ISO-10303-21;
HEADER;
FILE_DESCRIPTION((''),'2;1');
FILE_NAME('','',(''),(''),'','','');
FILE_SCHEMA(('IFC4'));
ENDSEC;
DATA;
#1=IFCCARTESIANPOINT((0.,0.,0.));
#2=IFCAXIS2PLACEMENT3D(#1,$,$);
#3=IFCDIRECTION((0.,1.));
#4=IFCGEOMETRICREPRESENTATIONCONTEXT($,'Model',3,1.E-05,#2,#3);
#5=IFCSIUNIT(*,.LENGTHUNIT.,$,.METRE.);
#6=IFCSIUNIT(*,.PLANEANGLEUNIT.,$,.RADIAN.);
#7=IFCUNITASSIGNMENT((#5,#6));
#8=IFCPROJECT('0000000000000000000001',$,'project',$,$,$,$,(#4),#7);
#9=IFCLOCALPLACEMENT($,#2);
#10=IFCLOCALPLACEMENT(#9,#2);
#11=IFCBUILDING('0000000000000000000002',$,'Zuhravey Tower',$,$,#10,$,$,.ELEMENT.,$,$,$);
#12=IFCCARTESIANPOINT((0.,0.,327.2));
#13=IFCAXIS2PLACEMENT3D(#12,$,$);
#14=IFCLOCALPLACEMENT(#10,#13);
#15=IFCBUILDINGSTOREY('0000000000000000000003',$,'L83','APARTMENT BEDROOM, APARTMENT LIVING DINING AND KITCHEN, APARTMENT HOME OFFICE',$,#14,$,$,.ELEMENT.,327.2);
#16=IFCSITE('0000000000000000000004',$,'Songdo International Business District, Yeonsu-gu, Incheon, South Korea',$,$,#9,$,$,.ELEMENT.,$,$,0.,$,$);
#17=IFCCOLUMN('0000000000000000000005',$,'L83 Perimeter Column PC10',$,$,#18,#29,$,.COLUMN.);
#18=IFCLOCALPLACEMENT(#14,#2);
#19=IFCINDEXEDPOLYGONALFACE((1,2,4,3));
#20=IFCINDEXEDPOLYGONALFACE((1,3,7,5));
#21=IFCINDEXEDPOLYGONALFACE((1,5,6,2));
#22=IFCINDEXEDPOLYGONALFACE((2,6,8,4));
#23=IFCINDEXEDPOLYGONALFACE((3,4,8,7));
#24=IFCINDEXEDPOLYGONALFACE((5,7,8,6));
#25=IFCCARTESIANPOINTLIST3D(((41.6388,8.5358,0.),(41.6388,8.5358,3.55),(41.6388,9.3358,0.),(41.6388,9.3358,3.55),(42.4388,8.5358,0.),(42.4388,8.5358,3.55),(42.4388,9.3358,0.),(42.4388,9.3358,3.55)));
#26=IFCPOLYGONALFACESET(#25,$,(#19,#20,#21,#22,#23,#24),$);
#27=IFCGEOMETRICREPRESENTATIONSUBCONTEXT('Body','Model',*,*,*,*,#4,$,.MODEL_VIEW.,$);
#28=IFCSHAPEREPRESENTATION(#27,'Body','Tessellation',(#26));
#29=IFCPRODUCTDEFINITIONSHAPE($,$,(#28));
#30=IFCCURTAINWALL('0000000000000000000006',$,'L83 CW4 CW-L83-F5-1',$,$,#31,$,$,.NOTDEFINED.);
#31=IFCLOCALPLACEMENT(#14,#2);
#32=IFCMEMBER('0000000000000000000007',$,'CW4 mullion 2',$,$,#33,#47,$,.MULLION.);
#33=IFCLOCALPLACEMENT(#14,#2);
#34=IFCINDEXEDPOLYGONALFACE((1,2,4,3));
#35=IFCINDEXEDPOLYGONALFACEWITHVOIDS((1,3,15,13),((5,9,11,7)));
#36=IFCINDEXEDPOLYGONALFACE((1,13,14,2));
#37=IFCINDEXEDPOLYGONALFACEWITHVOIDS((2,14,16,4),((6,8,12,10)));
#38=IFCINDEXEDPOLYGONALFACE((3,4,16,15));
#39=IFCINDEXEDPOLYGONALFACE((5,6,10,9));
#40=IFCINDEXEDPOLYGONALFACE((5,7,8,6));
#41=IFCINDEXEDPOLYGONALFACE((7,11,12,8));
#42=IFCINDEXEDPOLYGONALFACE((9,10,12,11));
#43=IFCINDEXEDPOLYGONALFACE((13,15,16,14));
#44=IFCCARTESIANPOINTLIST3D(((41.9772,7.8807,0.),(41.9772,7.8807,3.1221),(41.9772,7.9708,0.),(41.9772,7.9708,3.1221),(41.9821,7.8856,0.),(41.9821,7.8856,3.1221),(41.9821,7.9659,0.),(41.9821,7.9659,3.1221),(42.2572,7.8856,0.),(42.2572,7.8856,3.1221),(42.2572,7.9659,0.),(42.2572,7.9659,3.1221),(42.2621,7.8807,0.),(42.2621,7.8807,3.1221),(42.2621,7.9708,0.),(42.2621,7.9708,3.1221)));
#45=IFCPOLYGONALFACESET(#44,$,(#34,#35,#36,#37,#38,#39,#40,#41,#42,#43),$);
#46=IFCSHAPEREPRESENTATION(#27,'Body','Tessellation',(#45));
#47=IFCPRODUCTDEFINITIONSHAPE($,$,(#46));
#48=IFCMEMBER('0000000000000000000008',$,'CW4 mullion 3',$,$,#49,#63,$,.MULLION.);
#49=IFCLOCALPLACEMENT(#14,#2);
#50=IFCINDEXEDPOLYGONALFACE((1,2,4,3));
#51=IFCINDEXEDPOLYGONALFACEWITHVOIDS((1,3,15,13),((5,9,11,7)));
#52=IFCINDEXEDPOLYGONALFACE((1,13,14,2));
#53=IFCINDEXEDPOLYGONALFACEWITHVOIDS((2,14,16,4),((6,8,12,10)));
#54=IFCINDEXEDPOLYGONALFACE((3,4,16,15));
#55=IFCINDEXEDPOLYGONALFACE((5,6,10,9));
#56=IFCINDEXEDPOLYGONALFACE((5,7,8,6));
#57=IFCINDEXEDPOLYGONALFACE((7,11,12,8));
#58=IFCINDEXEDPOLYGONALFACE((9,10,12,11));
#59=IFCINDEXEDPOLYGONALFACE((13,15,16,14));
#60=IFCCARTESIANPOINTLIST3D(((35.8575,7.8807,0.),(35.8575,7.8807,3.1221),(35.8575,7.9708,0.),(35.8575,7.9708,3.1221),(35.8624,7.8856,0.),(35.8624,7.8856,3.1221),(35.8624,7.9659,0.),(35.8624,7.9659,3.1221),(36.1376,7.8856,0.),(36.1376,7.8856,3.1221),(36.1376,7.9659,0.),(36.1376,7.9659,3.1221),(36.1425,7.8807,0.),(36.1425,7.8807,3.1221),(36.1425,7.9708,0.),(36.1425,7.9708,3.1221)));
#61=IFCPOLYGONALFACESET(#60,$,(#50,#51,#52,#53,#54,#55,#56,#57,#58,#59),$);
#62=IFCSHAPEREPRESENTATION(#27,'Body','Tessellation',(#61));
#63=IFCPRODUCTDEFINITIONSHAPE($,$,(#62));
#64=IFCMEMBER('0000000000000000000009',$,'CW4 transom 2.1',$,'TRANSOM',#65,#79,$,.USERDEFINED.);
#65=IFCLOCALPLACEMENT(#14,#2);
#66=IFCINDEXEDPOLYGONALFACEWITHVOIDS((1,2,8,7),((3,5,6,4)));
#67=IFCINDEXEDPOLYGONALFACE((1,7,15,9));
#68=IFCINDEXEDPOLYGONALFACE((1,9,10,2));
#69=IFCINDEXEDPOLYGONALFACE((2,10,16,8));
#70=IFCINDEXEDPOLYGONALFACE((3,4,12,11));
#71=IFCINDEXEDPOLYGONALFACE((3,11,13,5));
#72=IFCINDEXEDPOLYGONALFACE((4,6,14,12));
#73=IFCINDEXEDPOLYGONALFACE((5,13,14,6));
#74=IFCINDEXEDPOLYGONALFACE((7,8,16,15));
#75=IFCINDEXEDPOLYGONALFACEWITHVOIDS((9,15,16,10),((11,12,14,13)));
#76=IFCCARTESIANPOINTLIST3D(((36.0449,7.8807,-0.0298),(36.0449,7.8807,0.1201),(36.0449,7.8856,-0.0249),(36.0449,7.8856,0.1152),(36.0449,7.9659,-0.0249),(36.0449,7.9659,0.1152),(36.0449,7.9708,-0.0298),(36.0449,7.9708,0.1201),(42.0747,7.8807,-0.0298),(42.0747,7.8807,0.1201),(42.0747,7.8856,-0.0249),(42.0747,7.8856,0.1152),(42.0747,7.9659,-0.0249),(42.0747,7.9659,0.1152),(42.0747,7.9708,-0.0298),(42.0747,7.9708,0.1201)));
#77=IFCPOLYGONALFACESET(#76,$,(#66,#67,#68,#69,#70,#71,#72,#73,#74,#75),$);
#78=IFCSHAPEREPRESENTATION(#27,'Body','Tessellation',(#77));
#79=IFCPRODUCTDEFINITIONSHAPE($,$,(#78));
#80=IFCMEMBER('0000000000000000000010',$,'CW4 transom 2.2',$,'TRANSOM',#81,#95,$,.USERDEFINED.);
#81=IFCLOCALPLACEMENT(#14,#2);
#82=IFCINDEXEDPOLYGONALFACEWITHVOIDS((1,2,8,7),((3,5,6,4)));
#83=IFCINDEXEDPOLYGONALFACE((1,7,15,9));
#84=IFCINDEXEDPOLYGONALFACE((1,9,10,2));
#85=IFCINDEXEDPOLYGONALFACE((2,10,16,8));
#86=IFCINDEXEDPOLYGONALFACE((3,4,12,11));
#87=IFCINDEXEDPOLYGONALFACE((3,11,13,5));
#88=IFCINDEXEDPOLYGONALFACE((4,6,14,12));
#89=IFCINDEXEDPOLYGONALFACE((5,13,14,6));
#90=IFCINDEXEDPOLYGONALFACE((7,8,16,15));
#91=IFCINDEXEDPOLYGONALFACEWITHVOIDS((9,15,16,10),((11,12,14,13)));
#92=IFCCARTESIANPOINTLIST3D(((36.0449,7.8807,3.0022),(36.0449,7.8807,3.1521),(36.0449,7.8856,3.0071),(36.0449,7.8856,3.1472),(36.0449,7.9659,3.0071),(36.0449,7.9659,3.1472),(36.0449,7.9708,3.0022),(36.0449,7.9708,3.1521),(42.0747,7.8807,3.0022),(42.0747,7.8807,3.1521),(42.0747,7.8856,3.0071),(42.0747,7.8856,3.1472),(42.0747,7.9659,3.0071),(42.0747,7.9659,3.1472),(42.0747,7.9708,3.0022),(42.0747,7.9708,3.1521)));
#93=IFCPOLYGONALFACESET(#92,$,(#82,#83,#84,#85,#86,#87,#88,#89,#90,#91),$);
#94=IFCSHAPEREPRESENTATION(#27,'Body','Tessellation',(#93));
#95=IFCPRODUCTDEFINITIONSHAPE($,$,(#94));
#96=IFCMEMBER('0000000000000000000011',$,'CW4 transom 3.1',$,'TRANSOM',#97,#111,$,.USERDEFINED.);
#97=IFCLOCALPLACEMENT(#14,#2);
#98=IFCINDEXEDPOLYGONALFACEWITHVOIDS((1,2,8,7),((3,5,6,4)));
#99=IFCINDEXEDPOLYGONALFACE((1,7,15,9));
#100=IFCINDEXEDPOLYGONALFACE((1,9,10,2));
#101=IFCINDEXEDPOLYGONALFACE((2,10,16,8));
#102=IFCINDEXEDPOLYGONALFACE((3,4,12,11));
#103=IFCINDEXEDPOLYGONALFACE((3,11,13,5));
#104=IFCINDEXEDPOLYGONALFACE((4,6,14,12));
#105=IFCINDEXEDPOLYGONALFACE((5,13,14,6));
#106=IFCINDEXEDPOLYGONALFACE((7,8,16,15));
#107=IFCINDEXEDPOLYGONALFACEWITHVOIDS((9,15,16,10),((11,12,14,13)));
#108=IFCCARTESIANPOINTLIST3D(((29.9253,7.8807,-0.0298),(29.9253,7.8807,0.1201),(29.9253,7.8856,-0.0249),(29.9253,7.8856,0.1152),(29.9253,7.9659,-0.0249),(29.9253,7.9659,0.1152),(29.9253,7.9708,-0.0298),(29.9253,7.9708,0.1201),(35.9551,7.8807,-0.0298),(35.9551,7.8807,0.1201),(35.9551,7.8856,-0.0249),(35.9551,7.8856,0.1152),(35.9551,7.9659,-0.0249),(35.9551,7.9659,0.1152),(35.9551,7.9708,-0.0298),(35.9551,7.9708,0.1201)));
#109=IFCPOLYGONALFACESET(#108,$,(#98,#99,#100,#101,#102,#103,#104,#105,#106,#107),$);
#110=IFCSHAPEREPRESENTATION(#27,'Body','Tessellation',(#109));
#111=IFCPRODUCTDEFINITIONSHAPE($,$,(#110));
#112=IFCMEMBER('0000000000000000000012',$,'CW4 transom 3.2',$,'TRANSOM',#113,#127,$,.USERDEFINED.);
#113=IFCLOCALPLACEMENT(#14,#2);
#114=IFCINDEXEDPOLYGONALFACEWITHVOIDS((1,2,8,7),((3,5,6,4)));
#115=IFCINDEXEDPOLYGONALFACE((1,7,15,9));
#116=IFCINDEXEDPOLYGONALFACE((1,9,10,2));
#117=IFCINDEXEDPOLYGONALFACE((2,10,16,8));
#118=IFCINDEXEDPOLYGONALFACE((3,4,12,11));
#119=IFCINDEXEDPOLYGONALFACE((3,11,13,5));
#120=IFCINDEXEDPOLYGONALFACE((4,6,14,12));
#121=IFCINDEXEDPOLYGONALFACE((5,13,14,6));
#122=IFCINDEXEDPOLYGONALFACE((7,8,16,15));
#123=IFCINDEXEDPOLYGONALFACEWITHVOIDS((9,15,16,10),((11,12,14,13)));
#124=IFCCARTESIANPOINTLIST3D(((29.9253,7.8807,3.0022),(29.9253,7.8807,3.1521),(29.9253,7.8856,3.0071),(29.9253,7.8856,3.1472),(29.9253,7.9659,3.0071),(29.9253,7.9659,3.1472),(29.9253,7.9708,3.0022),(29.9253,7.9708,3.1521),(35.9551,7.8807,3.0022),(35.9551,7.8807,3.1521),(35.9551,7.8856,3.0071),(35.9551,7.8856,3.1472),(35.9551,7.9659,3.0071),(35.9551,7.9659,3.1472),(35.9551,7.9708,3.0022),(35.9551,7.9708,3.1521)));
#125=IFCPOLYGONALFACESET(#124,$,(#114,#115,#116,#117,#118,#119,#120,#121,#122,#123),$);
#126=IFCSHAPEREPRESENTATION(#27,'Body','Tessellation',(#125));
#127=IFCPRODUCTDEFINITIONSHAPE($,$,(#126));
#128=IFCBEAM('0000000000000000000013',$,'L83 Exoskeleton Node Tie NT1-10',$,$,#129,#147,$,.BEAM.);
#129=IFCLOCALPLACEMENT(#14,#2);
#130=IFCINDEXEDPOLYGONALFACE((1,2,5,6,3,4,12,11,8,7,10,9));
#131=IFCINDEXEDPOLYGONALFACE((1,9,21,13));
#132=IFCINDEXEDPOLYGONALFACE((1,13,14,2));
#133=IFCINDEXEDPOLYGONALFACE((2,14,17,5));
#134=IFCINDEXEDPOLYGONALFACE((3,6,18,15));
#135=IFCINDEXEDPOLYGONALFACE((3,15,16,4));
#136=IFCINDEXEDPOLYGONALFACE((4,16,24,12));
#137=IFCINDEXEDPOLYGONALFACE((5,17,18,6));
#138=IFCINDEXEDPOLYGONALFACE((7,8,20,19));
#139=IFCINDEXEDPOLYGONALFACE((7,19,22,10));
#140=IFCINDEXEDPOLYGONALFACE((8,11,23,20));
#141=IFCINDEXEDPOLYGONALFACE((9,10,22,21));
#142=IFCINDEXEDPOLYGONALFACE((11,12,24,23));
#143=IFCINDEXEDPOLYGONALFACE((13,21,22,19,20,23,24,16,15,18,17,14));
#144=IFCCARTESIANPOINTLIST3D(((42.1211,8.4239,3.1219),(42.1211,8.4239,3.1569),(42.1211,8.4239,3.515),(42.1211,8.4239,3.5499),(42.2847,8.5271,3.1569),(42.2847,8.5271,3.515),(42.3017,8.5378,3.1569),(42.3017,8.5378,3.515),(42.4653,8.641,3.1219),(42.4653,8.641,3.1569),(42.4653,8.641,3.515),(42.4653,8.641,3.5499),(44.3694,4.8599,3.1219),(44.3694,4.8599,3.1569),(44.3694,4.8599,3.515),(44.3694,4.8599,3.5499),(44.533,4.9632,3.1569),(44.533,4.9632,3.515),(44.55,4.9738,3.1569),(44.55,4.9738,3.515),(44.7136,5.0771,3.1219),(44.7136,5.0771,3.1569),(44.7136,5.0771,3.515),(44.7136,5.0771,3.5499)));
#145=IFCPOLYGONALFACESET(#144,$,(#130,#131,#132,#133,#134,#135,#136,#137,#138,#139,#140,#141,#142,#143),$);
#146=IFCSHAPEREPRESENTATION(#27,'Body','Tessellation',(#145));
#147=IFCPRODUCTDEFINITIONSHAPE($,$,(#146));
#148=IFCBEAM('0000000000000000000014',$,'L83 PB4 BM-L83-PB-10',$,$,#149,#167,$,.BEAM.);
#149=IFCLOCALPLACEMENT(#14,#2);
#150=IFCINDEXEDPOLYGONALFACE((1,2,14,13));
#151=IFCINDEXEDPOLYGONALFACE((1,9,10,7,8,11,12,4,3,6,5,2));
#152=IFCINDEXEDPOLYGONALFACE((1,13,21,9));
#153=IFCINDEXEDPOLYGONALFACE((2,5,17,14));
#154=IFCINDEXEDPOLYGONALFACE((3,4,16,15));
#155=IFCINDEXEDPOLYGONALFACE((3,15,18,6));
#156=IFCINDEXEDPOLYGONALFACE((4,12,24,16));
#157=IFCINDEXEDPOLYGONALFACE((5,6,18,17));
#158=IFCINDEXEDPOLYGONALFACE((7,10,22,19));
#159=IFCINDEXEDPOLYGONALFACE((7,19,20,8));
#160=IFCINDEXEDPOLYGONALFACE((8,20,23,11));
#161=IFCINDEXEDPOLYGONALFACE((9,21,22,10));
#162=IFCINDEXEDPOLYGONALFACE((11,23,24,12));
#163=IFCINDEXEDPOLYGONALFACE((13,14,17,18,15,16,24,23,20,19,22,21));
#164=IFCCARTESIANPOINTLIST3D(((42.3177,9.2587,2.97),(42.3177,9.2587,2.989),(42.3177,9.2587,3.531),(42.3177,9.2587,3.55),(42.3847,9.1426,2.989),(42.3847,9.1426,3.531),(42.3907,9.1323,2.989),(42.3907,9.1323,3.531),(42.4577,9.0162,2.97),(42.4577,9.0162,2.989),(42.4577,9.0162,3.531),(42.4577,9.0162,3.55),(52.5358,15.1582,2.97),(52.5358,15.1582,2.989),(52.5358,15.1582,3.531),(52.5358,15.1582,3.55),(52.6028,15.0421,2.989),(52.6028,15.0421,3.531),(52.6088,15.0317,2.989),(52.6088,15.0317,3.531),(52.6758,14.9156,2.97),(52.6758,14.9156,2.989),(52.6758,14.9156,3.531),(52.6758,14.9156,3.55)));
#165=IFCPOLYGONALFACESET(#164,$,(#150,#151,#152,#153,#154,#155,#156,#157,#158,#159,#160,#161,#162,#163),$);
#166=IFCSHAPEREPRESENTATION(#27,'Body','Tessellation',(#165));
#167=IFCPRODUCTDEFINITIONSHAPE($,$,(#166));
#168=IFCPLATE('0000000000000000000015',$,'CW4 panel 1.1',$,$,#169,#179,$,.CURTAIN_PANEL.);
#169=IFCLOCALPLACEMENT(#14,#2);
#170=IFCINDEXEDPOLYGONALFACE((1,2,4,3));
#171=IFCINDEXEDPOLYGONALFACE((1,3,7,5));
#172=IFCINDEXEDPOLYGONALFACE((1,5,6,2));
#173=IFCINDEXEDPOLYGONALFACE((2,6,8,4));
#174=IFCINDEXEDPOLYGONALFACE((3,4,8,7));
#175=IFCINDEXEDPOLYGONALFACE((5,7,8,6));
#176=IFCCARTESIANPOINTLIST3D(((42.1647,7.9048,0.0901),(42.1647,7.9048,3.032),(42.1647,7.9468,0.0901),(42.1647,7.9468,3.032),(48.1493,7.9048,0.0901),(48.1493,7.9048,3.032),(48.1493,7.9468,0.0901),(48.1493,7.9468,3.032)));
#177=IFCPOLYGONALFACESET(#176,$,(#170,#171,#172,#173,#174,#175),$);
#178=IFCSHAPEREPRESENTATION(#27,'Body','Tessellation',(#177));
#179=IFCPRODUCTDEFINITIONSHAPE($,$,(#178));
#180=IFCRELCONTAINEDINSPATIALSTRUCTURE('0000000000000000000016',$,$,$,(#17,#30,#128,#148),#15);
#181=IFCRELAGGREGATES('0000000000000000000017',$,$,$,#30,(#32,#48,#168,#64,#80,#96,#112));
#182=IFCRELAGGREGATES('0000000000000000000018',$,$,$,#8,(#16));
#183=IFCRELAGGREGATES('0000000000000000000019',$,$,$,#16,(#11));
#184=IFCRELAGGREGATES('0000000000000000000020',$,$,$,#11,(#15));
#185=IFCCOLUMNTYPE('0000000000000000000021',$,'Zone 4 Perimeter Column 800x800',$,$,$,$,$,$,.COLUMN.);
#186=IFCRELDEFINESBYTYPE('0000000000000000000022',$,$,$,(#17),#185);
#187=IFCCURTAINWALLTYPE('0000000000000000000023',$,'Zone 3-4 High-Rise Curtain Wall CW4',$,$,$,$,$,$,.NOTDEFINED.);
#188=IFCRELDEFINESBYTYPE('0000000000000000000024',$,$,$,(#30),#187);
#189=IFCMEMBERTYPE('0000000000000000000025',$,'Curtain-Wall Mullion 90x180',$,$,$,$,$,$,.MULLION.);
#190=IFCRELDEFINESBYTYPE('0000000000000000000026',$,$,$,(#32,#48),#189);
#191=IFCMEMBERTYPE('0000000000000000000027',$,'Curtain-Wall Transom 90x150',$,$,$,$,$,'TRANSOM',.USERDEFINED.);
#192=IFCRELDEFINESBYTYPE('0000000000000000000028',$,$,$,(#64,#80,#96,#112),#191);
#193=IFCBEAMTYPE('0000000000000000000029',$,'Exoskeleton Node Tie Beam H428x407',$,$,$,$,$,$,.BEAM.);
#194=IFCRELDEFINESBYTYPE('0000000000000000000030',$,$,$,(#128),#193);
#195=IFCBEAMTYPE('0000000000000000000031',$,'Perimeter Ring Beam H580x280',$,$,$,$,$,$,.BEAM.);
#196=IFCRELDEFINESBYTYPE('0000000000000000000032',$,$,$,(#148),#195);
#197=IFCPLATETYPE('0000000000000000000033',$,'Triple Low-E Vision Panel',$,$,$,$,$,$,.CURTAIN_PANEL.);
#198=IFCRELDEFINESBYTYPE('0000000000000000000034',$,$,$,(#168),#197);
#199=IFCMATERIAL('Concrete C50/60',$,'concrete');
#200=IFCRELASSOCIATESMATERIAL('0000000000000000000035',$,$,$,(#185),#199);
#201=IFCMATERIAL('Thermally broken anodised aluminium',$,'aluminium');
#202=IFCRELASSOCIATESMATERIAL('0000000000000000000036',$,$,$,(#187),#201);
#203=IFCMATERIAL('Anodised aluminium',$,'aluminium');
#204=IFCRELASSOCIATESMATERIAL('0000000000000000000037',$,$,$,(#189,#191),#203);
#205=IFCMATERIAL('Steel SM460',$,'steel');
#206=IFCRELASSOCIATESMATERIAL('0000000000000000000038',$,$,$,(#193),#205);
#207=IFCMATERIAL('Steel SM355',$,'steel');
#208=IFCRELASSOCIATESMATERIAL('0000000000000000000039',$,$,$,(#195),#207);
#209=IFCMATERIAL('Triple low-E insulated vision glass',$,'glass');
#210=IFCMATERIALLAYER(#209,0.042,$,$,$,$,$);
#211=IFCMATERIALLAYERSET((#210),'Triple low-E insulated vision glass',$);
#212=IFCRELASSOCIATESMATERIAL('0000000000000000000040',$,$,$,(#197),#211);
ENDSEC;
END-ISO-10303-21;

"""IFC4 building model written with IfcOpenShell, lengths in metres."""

from ifc_helpers import new_model, si_unit, direction, frame, origin, origin_2d, place, context, subcontext, project, spatial, rectangle, hollow_rectangle, i_section, extrude, material, layer, layer_set, material_profile, profile_set, type_object, element, aggregate, save


model = new_model("IFC4")

# Units and contexts
model_context = context("Model", 3, precision=1e-05, world=origin(), true_north=direction((0.0, 1.0)))
body_context = subcontext(model_context, "Body", "Model", "MODEL_VIEW")
ifc_project = project(units=[si_unit("LENGTHUNIT", "METRE"), si_unit("PLANEANGLEUNIT", "RADIAN")], contexts=[model_context])

# Site, building, storey
site_placement = place(None, origin())
site = spatial("IfcSite", under=ifc_project, at=site_placement, Name="Songdo International Business District, Yeonsu-gu, Incheon, South Korea", CompositionType="ELEMENT", RefElevation=0.0)
building_placement = place(site_placement, origin())
building = spatial("IfcBuilding", under=site, at=building_placement, Name="Zuhravey Tower", CompositionType="ELEMENT")
storey_placement = place(building_placement, frame((0.0, 0.0, 327.2)))
storey = spatial("IfcBuildingStorey", under=building, at=storey_placement, Name="L83", Description="APARTMENT BEDROOM, APARTMENT LIVING DINING AND KITCHEN, APARTMENT HOME OFFICE", CompositionType="ELEMENT", Elevation=327.2)

# Column
ifc_material_1 = material(Name="Concrete C50/60", Category="concrete")
ifc_material_profile_1 = material_profile(ifc_material_1, rectangle(XDim=0.8, YDim=0.8, at=origin_2d()), Name="RC-800x800")
ifc_profile_set_1 = profile_set([ifc_material_profile_1], Name="Concrete C50/60")
column_type = type_object("IfcColumnType", Name="Zone 4 Perimeter Column 800x800", PredefinedType="COLUMN", material=ifc_profile_set_1)
column_placement = place(storey_placement, frame((42.0388, 8.9358, 0.0), z_axis=(0.0, 0.0, 1.0), x_axis=(1.0, 0.0, 0.0)))
element("IfcColumn", 1, at=column_placement, inside=storey, type_object=column_type, Name="L83 Perimeter Column PC10", PredefinedType="COLUMN", context=body_context, shape_type="SweptSolid", body=[
    extrude(rectangle(XDim=0.8, YDim=0.8, at=origin_2d()), origin(), (0.0, 0.0, 1.0), 3.55),
])

# Curtain wall, members
ifc_material_2 = material(Name="Thermally broken anodised aluminium", Category="aluminium")
curtain_wall_type = type_object("IfcCurtainWallType", Name="Zone 3-4 High-Rise Curtain Wall CW4", PredefinedType="NOTDEFINED", material=ifc_material_2)
curtain_wall_placement = place(storey_placement, origin())
curtain_wall = element("IfcCurtainWall", 2, at=curtain_wall_placement, inside=storey, type_object=curtain_wall_type, Name="L83 CW4 CW-L83-F5-1", PredefinedType="NOTDEFINED")
ifc_material_3 = material(Name="Anodised aluminium", Category="aluminium")
ifc_material_profile_2 = material_profile(ifc_material_3, hollow_rectangle(XDim=0.0901, YDim=0.2849, WallThickness=0.0049, at=origin_2d()), Name="ALU-RHS-90x285x5")
ifc_profile_set_2 = profile_set([ifc_material_profile_2], Name="Anodised aluminium")
member_type_1 = type_object("IfcMemberType", Name="Curtain-Wall Mullion 90x180", PredefinedType="MULLION", material=ifc_profile_set_2)
member_1_placement = place(storey_placement, frame((42.1196, 7.9258, 0.0), z_axis=(0.0, 0.0, 1.0), x_axis=(0.0, -1.0, 0.0)))
member_1 = element("IfcMember", 3, at=member_1_placement, type_object=member_type_1, Name="CW4 mullion 2", PredefinedType="MULLION", context=body_context, shape_type="SweptSolid", body=[
    extrude(hollow_rectangle(XDim=0.0901, YDim=0.2849, WallThickness=0.0049, at=origin_2d()), origin(), (0.0, 0.0, 1.0), 3.1221),
])
member_2_placement = place(storey_placement, frame((36.0, 7.9258, 0.0), z_axis=(0.0, 0.0, 1.0), x_axis=(0.0, -1.0, 0.0)))
member_2 = element("IfcMember", 4, at=member_2_placement, type_object=member_type_1, Name="CW4 mullion 3", PredefinedType="MULLION", context=body_context, shape_type="SweptSolid", body=[
    extrude(hollow_rectangle(XDim=0.0901, YDim=0.2849, WallThickness=0.0049, at=origin_2d()), origin(), (0.0, 0.0, 1.0), 3.1221),
])
ifc_material_profile_3 = material_profile(ifc_material_3, hollow_rectangle(XDim=0.0901, YDim=0.1499, WallThickness=0.0049, at=origin_2d()), Name="ALU-RHS-90x150x5")
ifc_profile_set_3 = profile_set([ifc_material_profile_3], Name="Anodised aluminium")
member_type_2 = type_object("IfcMemberType", Name="Curtain-Wall Transom 90x150", ElementType="TRANSOM", PredefinedType="USERDEFINED", material=ifc_profile_set_3)
member_3_placement = place(storey_placement, frame((42.0747, 7.9258, 0.0452), z_axis=(-1.0, 0.0, 0.0), x_axis=(0.0, -1.0, 0.0)))
member_3 = element("IfcMember", 5, at=member_3_placement, type_object=member_type_2, Name="CW4 transom 2.1", ObjectType="TRANSOM", PredefinedType="USERDEFINED", context=body_context, shape_type="SweptSolid", body=[
    extrude(hollow_rectangle(XDim=0.0901, YDim=0.1499, WallThickness=0.0049, at=origin_2d()), origin(), (0.0, 0.0, 1.0), 6.0298),
])
member_4_placement = place(storey_placement, frame((42.0747, 7.9258, 3.0771), z_axis=(-1.0, 0.0, 0.0), x_axis=(0.0, -1.0, 0.0)))
member_4 = element("IfcMember", 6, at=member_4_placement, type_object=member_type_2, Name="CW4 transom 2.2", ObjectType="TRANSOM", PredefinedType="USERDEFINED", context=body_context, shape_type="SweptSolid", body=[
    extrude(hollow_rectangle(XDim=0.0901, YDim=0.1499, WallThickness=0.0049, at=origin_2d()), origin(), (0.0, 0.0, 1.0), 6.0298),
])
member_5_placement = place(storey_placement, frame((35.9551, 7.9258, 0.0452), z_axis=(-1.0, 0.0, 0.0), x_axis=(0.0, -1.0, 0.0)))
member_5 = element("IfcMember", 7, at=member_5_placement, type_object=member_type_2, Name="CW4 transom 3.1", ObjectType="TRANSOM", PredefinedType="USERDEFINED", context=body_context, shape_type="SweptSolid", body=[
    extrude(hollow_rectangle(XDim=0.0901, YDim=0.1499, WallThickness=0.0049, at=origin_2d()), origin(), (0.0, 0.0, 1.0), 6.0298),
])
member_6_placement = place(storey_placement, frame((35.9551, 7.9258, 3.0771), z_axis=(-1.0, 0.0, 0.0), x_axis=(0.0, -1.0, 0.0)))
member_6 = element("IfcMember", 8, at=member_6_placement, type_object=member_type_2, Name="CW4 transom 3.2", ObjectType="TRANSOM", PredefinedType="USERDEFINED", context=body_context, shape_type="SweptSolid", body=[
    extrude(hollow_rectangle(XDim=0.0901, YDim=0.1499, WallThickness=0.0049, at=origin_2d()), origin(), (0.0, 0.0, 1.0), 6.0298),
])

# Beams
ifc_material_4 = material(Name="Steel SM460", Category="steel")
ifc_material_profile_4 = material_profile(ifc_material_4, i_section(OverallWidth=0.407, OverallDepth=0.428, WebThickness=0.02, FlangeThickness=0.0349, at=origin_2d()), Name="H-428x407x20x35")
ifc_profile_set_4 = profile_set([ifc_material_profile_4], Name="Steel SM460")
beam_type_1 = type_object("IfcBeamType", Name="Exoskeleton Node Tie Beam H428x407", PredefinedType="BEAM", material=ifc_profile_set_4)
beam_1_placement = place(storey_placement, frame((42.2932, 8.5325, 3.3359), z_axis=(0.533546, -0.845771, 0.0), x_axis=(0.845771, 0.533546, 0.0)))
element("IfcBeam", 9, at=beam_1_placement, inside=storey, type_object=beam_type_1, Name="L83 Exoskeleton Node Tie NT1-10", PredefinedType="BEAM", context=body_context, shape_type="SweptSolid", body=[
    extrude(i_section(OverallWidth=0.407, OverallDepth=0.428, WebThickness=0.02, FlangeThickness=0.0349, at=origin_2d()), origin(), (0.0, 0.0, 1.0), 4.2139),
])
ifc_material_5 = material(Name="Steel SM355", Category="steel")
ifc_material_profile_5 = material_profile(ifc_material_5, i_section(OverallWidth=0.28, OverallDepth=0.5801, WebThickness=0.012, FlangeThickness=0.019, at=origin_2d()), Name="H-580x280x12x19")
ifc_profile_set_5 = profile_set([ifc_material_profile_5], Name="Steel SM355")
beam_type_2 = type_object("IfcBeamType", Name="Perimeter Ring Beam H580x280", PredefinedType="BEAM", material=ifc_profile_set_5)
beam_2_placement = place(storey_placement, frame((42.3877, 9.1375, 3.26), z_axis=(0.866024, 0.500002, 0.0), x_axis=(-0.500002, 0.866024, 0.0)))
element("IfcBeam", 10, at=beam_2_placement, inside=storey, type_object=beam_type_2, Name="L83 PB4 BM-L83-PB-10", PredefinedType="BEAM", context=body_context, shape_type="SweptSolid", body=[
    extrude(i_section(OverallWidth=0.28, OverallDepth=0.5801, WebThickness=0.012, FlangeThickness=0.019, at=origin_2d()), origin(), (0.0, 0.0, 1.0), 11.7988),
])

# Plate
ifc_material_6 = material(Name="Triple low-E insulated vision glass", Category="glass")
ifc_layer_1 = layer(ifc_material_6, 0.042)
ifc_layer_set_1 = layer_set([ifc_layer_1], Name="Triple low-E insulated vision glass")
plate_type = type_object("IfcPlateType", Name="Triple Low-E Vision Panel", PredefinedType="CURTAIN_PANEL", material=ifc_layer_set_1)
plate_1_placement = place(storey_placement, frame((45.157, 7.9258, 0.0901), z_axis=(0.0, 0.0, 1.0), x_axis=(-1.0, 0.0, 0.0)))
plate_1 = element("IfcPlate", 11, at=plate_1_placement, type_object=plate_type, Name="CW4 panel 1.1", PredefinedType="CURTAIN_PANEL", context=body_context, shape_type="SweptSolid", body=[
    extrude(rectangle(XDim=5.9846, YDim=0.042, at=origin_2d()), origin(), (0.0, 0.0, 1.0), 2.9419),
])
aggregate(curtain_wall, [member_1, member_2, plate_1, member_3, member_4, member_5, member_6])

save(model, "model.ifc")
